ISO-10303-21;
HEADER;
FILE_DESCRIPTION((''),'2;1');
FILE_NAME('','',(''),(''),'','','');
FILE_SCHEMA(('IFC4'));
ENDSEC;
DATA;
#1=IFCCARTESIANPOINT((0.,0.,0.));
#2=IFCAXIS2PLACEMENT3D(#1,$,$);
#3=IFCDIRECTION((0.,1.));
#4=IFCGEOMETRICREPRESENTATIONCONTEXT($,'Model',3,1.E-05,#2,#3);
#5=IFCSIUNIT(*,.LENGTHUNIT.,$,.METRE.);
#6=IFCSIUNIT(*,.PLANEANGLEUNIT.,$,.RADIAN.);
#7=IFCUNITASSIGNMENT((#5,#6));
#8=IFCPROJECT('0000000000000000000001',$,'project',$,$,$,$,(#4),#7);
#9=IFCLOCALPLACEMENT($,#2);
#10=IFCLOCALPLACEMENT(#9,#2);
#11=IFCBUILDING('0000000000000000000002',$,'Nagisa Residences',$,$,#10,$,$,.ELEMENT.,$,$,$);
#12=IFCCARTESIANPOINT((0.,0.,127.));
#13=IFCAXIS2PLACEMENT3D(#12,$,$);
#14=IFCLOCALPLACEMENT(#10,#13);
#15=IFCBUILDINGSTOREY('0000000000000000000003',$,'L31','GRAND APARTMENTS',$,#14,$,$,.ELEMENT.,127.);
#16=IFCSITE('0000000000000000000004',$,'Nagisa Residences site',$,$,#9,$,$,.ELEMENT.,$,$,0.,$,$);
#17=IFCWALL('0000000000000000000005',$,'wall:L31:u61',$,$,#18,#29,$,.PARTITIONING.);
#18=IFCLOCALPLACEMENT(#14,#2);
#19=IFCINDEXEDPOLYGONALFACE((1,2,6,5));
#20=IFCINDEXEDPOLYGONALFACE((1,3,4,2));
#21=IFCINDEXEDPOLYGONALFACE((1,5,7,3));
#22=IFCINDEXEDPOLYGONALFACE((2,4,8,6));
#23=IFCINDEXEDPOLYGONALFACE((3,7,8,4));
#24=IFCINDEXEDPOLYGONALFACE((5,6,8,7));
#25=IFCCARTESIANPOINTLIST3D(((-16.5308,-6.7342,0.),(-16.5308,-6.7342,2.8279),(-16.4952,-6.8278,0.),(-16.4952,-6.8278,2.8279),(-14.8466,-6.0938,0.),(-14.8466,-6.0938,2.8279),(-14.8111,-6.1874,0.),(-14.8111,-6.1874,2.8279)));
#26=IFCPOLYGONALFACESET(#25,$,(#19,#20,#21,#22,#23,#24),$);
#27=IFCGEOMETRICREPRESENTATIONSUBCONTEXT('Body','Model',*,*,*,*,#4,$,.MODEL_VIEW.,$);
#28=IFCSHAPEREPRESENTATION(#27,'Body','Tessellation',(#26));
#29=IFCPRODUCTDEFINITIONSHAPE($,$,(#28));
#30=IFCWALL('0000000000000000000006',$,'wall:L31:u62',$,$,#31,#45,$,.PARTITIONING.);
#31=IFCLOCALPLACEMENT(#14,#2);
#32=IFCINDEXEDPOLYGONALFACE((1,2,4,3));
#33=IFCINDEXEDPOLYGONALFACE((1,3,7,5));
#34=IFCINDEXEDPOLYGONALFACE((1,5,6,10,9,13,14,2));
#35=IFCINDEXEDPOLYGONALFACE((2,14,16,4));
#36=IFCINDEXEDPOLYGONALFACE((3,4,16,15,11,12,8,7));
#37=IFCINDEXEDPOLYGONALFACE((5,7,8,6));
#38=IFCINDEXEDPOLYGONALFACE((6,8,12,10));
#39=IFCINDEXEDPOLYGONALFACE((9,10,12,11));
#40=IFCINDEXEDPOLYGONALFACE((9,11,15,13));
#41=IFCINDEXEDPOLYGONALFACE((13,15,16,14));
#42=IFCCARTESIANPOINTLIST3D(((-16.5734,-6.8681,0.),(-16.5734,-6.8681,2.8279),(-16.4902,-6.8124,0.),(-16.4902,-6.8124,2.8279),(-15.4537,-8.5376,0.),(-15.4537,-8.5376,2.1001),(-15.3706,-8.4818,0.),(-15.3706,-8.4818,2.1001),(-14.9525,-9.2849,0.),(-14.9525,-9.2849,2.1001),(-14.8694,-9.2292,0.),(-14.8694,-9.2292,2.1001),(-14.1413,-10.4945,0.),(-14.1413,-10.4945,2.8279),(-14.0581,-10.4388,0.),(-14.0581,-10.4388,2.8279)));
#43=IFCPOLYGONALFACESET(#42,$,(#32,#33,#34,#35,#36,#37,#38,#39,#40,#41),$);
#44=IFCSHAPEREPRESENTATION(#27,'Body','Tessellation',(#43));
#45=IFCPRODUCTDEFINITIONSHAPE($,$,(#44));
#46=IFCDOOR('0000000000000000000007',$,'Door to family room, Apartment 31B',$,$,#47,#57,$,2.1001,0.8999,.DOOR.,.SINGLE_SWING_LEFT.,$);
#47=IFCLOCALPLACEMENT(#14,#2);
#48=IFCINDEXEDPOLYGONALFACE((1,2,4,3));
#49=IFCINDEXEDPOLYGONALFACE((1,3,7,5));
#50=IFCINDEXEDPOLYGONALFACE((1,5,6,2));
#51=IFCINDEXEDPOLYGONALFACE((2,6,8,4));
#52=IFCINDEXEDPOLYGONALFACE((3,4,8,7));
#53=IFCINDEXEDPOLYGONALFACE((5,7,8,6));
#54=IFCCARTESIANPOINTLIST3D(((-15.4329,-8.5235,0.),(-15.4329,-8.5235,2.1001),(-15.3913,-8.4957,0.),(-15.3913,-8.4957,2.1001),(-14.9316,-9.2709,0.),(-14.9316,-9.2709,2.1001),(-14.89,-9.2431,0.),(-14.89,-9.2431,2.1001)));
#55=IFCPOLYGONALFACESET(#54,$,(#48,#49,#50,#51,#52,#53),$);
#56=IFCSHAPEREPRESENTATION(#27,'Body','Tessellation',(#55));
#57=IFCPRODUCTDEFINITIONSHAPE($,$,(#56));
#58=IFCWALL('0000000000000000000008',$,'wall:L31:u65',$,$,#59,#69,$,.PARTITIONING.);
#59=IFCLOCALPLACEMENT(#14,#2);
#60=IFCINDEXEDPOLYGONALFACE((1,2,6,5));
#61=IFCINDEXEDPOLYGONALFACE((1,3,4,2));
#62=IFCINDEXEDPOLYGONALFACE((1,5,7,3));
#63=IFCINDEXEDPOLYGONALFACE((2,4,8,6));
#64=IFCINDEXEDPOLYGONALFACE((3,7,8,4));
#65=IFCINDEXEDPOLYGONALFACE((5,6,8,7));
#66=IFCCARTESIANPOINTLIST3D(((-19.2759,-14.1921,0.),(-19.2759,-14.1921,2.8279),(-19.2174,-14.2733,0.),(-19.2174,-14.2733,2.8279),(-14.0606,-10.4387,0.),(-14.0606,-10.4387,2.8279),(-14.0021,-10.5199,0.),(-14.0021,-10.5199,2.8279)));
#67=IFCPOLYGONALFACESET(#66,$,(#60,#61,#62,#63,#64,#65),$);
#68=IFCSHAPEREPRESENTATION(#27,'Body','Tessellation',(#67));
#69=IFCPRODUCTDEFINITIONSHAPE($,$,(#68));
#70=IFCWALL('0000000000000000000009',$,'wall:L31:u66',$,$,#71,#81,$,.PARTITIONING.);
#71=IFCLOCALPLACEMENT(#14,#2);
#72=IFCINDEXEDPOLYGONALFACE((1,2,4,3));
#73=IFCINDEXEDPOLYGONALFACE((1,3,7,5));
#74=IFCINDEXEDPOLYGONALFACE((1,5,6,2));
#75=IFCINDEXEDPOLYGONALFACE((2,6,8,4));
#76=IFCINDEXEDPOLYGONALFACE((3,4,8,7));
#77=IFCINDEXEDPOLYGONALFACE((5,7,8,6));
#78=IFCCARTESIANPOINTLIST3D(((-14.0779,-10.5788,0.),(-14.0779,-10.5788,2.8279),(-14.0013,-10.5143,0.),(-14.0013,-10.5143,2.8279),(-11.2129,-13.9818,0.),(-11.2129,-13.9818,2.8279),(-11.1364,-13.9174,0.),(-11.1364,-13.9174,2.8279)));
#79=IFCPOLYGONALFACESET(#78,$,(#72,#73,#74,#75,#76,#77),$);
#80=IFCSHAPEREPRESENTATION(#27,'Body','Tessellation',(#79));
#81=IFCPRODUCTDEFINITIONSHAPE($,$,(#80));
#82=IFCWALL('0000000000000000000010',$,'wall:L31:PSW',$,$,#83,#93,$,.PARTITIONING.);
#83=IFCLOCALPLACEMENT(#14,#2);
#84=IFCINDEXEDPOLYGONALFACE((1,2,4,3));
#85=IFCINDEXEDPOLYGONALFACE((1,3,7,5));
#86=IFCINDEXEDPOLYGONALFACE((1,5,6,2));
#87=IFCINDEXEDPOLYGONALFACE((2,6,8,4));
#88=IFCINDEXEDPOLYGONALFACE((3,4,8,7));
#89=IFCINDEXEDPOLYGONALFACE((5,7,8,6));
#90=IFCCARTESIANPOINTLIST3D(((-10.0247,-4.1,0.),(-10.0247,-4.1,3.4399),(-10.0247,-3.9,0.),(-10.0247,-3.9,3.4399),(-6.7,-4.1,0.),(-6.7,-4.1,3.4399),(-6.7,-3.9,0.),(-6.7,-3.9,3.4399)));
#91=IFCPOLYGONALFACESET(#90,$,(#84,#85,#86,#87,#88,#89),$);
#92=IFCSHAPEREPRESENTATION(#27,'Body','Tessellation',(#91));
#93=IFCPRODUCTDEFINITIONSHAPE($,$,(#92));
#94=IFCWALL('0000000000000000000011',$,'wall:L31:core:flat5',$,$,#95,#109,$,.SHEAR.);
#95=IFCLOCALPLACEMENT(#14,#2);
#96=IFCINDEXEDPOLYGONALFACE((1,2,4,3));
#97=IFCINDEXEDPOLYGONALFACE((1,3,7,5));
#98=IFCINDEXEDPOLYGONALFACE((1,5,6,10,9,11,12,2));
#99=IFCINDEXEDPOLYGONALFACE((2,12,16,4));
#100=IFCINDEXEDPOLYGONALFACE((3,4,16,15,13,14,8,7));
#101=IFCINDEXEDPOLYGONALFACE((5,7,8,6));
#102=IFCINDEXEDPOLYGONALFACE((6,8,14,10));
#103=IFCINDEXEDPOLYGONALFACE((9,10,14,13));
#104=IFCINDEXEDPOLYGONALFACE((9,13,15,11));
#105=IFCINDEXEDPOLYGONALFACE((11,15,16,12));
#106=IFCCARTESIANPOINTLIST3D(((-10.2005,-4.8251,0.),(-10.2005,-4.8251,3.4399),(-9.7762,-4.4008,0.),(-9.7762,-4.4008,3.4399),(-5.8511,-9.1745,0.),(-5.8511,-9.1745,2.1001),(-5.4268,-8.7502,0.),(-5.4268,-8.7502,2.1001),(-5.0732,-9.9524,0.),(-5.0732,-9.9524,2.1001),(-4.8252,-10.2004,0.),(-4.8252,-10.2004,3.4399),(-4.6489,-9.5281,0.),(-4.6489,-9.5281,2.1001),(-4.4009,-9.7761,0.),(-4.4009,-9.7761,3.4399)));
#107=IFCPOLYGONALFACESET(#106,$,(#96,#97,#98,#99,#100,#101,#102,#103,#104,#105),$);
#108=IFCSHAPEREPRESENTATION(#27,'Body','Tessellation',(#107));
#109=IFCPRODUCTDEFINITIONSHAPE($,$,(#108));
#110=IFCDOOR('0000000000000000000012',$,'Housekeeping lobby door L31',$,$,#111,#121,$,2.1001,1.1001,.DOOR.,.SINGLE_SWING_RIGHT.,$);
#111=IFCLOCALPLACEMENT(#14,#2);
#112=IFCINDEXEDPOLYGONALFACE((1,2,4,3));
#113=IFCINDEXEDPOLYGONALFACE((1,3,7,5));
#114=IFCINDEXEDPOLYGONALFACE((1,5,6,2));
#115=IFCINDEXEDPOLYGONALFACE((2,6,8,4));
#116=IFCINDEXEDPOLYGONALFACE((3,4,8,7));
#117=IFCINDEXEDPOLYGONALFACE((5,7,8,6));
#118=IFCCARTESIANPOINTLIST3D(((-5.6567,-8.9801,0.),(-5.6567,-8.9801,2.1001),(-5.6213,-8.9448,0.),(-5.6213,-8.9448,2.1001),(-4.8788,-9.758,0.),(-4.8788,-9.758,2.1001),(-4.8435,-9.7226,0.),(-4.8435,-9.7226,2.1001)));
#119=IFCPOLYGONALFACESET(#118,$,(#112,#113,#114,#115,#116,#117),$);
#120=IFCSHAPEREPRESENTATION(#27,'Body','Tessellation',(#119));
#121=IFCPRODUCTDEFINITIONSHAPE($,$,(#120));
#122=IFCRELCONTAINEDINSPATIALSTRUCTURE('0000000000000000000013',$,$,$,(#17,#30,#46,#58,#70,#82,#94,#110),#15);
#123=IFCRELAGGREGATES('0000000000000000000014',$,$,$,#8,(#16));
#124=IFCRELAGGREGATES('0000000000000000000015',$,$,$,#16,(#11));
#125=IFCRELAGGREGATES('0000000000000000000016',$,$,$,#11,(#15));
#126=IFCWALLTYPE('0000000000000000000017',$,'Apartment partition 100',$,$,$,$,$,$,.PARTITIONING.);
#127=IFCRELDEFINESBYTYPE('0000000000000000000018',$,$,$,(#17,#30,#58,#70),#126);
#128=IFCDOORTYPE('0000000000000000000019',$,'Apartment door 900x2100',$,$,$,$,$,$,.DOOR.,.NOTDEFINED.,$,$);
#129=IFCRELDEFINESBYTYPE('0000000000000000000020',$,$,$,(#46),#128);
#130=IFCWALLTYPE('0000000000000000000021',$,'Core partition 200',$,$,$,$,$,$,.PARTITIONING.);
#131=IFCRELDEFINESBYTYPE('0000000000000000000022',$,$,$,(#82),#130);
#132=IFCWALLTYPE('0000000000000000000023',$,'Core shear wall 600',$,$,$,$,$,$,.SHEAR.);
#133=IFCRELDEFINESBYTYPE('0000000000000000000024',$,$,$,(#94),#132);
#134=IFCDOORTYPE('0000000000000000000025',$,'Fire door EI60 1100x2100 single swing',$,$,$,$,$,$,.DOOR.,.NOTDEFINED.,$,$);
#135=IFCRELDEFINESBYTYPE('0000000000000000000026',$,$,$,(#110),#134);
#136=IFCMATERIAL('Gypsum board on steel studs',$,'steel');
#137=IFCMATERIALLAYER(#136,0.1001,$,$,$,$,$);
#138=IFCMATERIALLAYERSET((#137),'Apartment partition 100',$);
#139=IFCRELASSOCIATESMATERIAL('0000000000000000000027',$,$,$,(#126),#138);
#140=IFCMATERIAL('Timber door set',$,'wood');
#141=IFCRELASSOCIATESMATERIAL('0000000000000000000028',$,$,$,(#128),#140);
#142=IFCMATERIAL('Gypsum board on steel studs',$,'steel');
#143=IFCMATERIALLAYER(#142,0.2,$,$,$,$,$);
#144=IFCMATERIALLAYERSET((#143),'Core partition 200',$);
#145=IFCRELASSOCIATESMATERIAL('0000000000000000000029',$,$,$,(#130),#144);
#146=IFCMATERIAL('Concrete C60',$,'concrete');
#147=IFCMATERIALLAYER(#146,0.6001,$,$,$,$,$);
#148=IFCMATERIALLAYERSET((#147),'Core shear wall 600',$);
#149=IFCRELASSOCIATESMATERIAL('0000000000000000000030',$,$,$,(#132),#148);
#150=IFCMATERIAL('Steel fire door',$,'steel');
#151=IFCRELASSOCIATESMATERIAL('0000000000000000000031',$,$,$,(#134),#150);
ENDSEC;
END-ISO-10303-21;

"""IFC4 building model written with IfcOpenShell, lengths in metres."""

from ifc_helpers import new_model, si_unit, direction, frame, frame_2d, origin, place, context, subcontext, project, spatial, rectangle, extrude, material, layer, layer_set, type_object, element, fill, save


model = new_model("IFC4")

# Units and contexts
model_context = context("Model", 3, precision=1e-05, world=origin(), true_north=direction((0.0, 1.0)))
body_context = subcontext(model_context, "Body", "Model", "MODEL_VIEW")
ifc_project = project(units=[si_unit("LENGTHUNIT", "METRE"), si_unit("PLANEANGLEUNIT", "RADIAN")], contexts=[model_context])

# Site, building, storey
site_placement = place(None, origin())
site = spatial("IfcSite", under=ifc_project, at=site_placement, Name="Nagisa Residences site", CompositionType="ELEMENT", RefElevation=0.0)
building_placement = place(site_placement, origin())
building = spatial("IfcBuilding", under=site, at=building_placement, Name="Nagisa Residences", CompositionType="ELEMENT")
storey_placement = place(building_placement, frame((0.0, 0.0, 127.0)))
storey = spatial("IfcBuildingStorey", under=building, at=storey_placement, Name="L31", Description="GRAND APARTMENTS", CompositionType="ELEMENT", Elevation=127.0)

# Shared definitions
ifc_material_1 = material(Name="Gypsum board on steel studs", Category="steel")
ifc_layer_1 = layer(ifc_material_1, 0.1001)
ifc_layer_set_1 = layer_set([ifc_layer_1], Name="Apartment partition 100")
wall_type_1 = type_object("IfcWallType", Name="Apartment partition 100", PredefinedType="PARTITIONING", material=ifc_layer_set_1)
ifc_material_2 = material(Name="Timber door set", Category="wood")
door_type_1 = type_object("IfcDoorType", Name="Apartment door 900x2100", OperationType="NOTDEFINED", PredefinedType="DOOR", material=ifc_material_2)

# Wall
wall_1_placement = place(storey_placement, frame((-14.8289, -6.1406, 0.0), z_axis=(0.0, 0.0, 1.0), x_axis=(-0.934704, -0.355426, 0.0)))
element("IfcWall", 1, at=wall_1_placement, inside=storey, type_object=wall_type_1, Name="wall:L31:u61", PredefinedType="PARTITIONING", context=body_context, shape_type="SweptSolid", body=[
    extrude(rectangle(XDim=1.8018, YDim=0.1001, at=frame_2d((0.9009, 0.0))), origin(), (0.0, 0.0, 1.0), 2.8279),
])

# Wall, opening, door
wall_2_placement = place(storey_placement, frame((-16.5317, -6.8403, 0.0), z_axis=(0.0, 0.0, 1.0), x_axis=(0.556995, -0.830516, 0.0)))
wall_2 = element("IfcWall", 2, at=wall_2_placement, inside=storey, type_object=wall_type_1, Name="wall:L31:u62", PredefinedType="PARTITIONING", context=body_context, shape_type="SweptSolid", body=[
    extrude(rectangle(XDim=4.3665, YDim=0.1001, at=frame_2d((2.1831, 0.0))), origin(), (0.0, 0.0, 1.0), 2.8279),
])
opening_1_placement = place(wall_2_placement, frame((2.01, 0.0, 0.0)))
opening_1 = element("IfcOpeningElement", 3, at=opening_1_placement, cuts=wall_2, PredefinedType="OPENING", context=body_context, shape_type="SweptSolid", body=[
    extrude(rectangle(XDim=0.8999, YDim=2.1001, at=frame_2d((0.45, 1.05))), frame((0.0, 0.0601, 0.0), z_axis=(0.0, -1.0, 0.0), x_axis=(1.0, 0.0, 0.0)), (0.0, 0.0, 1.0), 0.1201),
])
door_1_placement = place(opening_1_placement, frame((0.8999, 0.0, 0.0), x_axis=(-1.0, 0.0, 0.0)))
door_1 = element("IfcDoor", 4, at=door_1_placement, inside=storey, type_object=door_type_1, Name="Door to family room, Apartment 31B", OperationType="SINGLE_SWING_LEFT", OverallHeight=2.1001, OverallWidth=0.8999, PredefinedType="DOOR", context=body_context, shape_type="SweptSolid", body=[
    extrude(rectangle(XDim=0.8999, YDim=2.1001, at=frame_2d((0.45, 1.05))), frame((0.0, 0.0249, 0.0), z_axis=(0.0, -1.0, 0.0), x_axis=(1.0, 0.0, 0.0)), (0.0, 0.0, 1.0), 0.05),
])
fill(opening_1, door_1)

# Walls
wall_3_placement = place(storey_placement, frame((-14.0312, -10.4792, 0.0), z_axis=(0.0, 0.0, 1.0), x_axis=(-0.811654, -0.584139, 0.0)))
element("IfcWall", 5, at=wall_3_placement, inside=storey, type_object=wall_type_1, Name="wall:L31:u65", PredefinedType="PARTITIONING", context=body_context, shape_type="SweptSolid", body=[
    extrude(rectangle(XDim=6.4255, YDim=0.1001, at=frame_2d((3.2129, 0.0))), origin(), (0.0, 0.0, 1.0), 2.8279),
])
wall_4_placement = place(storey_placement, frame((-14.0396, -10.5466, 0.0), z_axis=(0.0, 0.0, 1.0), x_axis=(0.644036, -0.764995, 0.0)))
element("IfcWall", 6, at=wall_4_placement, inside=storey, type_object=wall_type_1, Name="wall:L31:u66", PredefinedType="PARTITIONING", context=body_context, shape_type="SweptSolid", body=[
    extrude(rectangle(XDim=4.4485, YDim=0.1001, at=frame_2d((2.2241, 0.0))), origin(), (0.0, 0.0, 1.0), 2.8279),
])
ifc_material_3 = material(Name="Gypsum board on steel studs", Category="steel")
ifc_layer_2 = layer(ifc_material_3, 0.2)
ifc_layer_set_2 = layer_set([ifc_layer_2], Name="Core partition 200")
wall_type_2 = type_object("IfcWallType", Name="Core partition 200", PredefinedType="PARTITIONING", material=ifc_layer_set_2)
wall_5_placement = place(storey_placement, frame((-10.0247, -4.0, 0.0), z_axis=(0.0, 0.0, 1.0), x_axis=(1.0, 0.0, 0.0)))
element("IfcWall", 7, at=wall_5_placement, inside=storey, type_object=wall_type_2, Name="wall:L31:PSW", PredefinedType="PARTITIONING", context=body_context, shape_type="SweptSolid", body=[
    extrude(rectangle(XDim=3.3247, YDim=0.2, at=frame_2d((1.6624, 0.0))), origin(), (0.0, 0.0, 1.0), 3.4399),
])

# Wall, opening, door
ifc_material_4 = material(Name="Concrete C60", Category="concrete")
ifc_layer_3 = layer(ifc_material_4, 0.6001)
ifc_layer_set_3 = layer_set([ifc_layer_3], Name="Core shear wall 600")
wall_type_3 = type_object("IfcWallType", Name="Core shear wall 600", PredefinedType="SHEAR", material=ifc_layer_set_3)
wall_6_placement = place(storey_placement, frame((-9.9883, -4.613, 0.0), z_axis=(0.0, 0.0, 1.0), x_axis=(0.707107, -0.707107, 0.0)))
wall_6 = element("IfcWall", 8, at=wall_6_placement, inside=storey, type_object=wall_type_3, Name="wall:L31:core:flat5", PredefinedType="SHEAR", context=body_context, shape_type="SweptSolid", body=[
    extrude(rectangle(XDim=7.6018, YDim=0.6001, at=frame_2d((3.8008, 0.0))), origin(), (0.0, 0.0, 1.0), 3.4399),
])
opening_2_placement = place(wall_6_placement, frame((6.1509, 0.0, 0.0)))
opening_2 = element("IfcOpeningElement", 9, at=opening_2_placement, cuts=wall_6, PredefinedType="OPENING", context=body_context, shape_type="SweptSolid", body=[
    extrude(rectangle(XDim=1.1001, YDim=2.1001, at=frame_2d((0.55, 1.05))), frame((0.0, 0.3101, 0.0), z_axis=(0.0, -1.0, 0.0), x_axis=(1.0, 0.0, 0.0)), (0.0, 0.0, 1.0), 0.6201),
])
ifc_material_5 = material(Name="Steel fire door", Category="steel")
door_type_2 = type_object("IfcDoorType", Name="Fire door EI60 1100x2100 single swing", OperationType="NOTDEFINED", PredefinedType="DOOR", material=ifc_material_5)
door_2_placement = place(opening_2_placement, origin())
door_2 = element("IfcDoor", 10, at=door_2_placement, inside=storey, type_object=door_type_2, Name="Housekeeping lobby door L31", OperationType="SINGLE_SWING_RIGHT", OverallHeight=2.1001, OverallWidth=1.1001, PredefinedType="DOOR", context=body_context, shape_type="SweptSolid", body=[
    extrude(rectangle(XDim=1.1001, YDim=2.1001, at=frame_2d((0.55, 1.05))), frame((0.0, 0.0249, 0.0), z_axis=(0.0, -1.0, 0.0), x_axis=(1.0, 0.0, 0.0)), (0.0, 0.0, 1.0), 0.05),
])
fill(opening_2, door_2)

save(model, "model.ifc")
